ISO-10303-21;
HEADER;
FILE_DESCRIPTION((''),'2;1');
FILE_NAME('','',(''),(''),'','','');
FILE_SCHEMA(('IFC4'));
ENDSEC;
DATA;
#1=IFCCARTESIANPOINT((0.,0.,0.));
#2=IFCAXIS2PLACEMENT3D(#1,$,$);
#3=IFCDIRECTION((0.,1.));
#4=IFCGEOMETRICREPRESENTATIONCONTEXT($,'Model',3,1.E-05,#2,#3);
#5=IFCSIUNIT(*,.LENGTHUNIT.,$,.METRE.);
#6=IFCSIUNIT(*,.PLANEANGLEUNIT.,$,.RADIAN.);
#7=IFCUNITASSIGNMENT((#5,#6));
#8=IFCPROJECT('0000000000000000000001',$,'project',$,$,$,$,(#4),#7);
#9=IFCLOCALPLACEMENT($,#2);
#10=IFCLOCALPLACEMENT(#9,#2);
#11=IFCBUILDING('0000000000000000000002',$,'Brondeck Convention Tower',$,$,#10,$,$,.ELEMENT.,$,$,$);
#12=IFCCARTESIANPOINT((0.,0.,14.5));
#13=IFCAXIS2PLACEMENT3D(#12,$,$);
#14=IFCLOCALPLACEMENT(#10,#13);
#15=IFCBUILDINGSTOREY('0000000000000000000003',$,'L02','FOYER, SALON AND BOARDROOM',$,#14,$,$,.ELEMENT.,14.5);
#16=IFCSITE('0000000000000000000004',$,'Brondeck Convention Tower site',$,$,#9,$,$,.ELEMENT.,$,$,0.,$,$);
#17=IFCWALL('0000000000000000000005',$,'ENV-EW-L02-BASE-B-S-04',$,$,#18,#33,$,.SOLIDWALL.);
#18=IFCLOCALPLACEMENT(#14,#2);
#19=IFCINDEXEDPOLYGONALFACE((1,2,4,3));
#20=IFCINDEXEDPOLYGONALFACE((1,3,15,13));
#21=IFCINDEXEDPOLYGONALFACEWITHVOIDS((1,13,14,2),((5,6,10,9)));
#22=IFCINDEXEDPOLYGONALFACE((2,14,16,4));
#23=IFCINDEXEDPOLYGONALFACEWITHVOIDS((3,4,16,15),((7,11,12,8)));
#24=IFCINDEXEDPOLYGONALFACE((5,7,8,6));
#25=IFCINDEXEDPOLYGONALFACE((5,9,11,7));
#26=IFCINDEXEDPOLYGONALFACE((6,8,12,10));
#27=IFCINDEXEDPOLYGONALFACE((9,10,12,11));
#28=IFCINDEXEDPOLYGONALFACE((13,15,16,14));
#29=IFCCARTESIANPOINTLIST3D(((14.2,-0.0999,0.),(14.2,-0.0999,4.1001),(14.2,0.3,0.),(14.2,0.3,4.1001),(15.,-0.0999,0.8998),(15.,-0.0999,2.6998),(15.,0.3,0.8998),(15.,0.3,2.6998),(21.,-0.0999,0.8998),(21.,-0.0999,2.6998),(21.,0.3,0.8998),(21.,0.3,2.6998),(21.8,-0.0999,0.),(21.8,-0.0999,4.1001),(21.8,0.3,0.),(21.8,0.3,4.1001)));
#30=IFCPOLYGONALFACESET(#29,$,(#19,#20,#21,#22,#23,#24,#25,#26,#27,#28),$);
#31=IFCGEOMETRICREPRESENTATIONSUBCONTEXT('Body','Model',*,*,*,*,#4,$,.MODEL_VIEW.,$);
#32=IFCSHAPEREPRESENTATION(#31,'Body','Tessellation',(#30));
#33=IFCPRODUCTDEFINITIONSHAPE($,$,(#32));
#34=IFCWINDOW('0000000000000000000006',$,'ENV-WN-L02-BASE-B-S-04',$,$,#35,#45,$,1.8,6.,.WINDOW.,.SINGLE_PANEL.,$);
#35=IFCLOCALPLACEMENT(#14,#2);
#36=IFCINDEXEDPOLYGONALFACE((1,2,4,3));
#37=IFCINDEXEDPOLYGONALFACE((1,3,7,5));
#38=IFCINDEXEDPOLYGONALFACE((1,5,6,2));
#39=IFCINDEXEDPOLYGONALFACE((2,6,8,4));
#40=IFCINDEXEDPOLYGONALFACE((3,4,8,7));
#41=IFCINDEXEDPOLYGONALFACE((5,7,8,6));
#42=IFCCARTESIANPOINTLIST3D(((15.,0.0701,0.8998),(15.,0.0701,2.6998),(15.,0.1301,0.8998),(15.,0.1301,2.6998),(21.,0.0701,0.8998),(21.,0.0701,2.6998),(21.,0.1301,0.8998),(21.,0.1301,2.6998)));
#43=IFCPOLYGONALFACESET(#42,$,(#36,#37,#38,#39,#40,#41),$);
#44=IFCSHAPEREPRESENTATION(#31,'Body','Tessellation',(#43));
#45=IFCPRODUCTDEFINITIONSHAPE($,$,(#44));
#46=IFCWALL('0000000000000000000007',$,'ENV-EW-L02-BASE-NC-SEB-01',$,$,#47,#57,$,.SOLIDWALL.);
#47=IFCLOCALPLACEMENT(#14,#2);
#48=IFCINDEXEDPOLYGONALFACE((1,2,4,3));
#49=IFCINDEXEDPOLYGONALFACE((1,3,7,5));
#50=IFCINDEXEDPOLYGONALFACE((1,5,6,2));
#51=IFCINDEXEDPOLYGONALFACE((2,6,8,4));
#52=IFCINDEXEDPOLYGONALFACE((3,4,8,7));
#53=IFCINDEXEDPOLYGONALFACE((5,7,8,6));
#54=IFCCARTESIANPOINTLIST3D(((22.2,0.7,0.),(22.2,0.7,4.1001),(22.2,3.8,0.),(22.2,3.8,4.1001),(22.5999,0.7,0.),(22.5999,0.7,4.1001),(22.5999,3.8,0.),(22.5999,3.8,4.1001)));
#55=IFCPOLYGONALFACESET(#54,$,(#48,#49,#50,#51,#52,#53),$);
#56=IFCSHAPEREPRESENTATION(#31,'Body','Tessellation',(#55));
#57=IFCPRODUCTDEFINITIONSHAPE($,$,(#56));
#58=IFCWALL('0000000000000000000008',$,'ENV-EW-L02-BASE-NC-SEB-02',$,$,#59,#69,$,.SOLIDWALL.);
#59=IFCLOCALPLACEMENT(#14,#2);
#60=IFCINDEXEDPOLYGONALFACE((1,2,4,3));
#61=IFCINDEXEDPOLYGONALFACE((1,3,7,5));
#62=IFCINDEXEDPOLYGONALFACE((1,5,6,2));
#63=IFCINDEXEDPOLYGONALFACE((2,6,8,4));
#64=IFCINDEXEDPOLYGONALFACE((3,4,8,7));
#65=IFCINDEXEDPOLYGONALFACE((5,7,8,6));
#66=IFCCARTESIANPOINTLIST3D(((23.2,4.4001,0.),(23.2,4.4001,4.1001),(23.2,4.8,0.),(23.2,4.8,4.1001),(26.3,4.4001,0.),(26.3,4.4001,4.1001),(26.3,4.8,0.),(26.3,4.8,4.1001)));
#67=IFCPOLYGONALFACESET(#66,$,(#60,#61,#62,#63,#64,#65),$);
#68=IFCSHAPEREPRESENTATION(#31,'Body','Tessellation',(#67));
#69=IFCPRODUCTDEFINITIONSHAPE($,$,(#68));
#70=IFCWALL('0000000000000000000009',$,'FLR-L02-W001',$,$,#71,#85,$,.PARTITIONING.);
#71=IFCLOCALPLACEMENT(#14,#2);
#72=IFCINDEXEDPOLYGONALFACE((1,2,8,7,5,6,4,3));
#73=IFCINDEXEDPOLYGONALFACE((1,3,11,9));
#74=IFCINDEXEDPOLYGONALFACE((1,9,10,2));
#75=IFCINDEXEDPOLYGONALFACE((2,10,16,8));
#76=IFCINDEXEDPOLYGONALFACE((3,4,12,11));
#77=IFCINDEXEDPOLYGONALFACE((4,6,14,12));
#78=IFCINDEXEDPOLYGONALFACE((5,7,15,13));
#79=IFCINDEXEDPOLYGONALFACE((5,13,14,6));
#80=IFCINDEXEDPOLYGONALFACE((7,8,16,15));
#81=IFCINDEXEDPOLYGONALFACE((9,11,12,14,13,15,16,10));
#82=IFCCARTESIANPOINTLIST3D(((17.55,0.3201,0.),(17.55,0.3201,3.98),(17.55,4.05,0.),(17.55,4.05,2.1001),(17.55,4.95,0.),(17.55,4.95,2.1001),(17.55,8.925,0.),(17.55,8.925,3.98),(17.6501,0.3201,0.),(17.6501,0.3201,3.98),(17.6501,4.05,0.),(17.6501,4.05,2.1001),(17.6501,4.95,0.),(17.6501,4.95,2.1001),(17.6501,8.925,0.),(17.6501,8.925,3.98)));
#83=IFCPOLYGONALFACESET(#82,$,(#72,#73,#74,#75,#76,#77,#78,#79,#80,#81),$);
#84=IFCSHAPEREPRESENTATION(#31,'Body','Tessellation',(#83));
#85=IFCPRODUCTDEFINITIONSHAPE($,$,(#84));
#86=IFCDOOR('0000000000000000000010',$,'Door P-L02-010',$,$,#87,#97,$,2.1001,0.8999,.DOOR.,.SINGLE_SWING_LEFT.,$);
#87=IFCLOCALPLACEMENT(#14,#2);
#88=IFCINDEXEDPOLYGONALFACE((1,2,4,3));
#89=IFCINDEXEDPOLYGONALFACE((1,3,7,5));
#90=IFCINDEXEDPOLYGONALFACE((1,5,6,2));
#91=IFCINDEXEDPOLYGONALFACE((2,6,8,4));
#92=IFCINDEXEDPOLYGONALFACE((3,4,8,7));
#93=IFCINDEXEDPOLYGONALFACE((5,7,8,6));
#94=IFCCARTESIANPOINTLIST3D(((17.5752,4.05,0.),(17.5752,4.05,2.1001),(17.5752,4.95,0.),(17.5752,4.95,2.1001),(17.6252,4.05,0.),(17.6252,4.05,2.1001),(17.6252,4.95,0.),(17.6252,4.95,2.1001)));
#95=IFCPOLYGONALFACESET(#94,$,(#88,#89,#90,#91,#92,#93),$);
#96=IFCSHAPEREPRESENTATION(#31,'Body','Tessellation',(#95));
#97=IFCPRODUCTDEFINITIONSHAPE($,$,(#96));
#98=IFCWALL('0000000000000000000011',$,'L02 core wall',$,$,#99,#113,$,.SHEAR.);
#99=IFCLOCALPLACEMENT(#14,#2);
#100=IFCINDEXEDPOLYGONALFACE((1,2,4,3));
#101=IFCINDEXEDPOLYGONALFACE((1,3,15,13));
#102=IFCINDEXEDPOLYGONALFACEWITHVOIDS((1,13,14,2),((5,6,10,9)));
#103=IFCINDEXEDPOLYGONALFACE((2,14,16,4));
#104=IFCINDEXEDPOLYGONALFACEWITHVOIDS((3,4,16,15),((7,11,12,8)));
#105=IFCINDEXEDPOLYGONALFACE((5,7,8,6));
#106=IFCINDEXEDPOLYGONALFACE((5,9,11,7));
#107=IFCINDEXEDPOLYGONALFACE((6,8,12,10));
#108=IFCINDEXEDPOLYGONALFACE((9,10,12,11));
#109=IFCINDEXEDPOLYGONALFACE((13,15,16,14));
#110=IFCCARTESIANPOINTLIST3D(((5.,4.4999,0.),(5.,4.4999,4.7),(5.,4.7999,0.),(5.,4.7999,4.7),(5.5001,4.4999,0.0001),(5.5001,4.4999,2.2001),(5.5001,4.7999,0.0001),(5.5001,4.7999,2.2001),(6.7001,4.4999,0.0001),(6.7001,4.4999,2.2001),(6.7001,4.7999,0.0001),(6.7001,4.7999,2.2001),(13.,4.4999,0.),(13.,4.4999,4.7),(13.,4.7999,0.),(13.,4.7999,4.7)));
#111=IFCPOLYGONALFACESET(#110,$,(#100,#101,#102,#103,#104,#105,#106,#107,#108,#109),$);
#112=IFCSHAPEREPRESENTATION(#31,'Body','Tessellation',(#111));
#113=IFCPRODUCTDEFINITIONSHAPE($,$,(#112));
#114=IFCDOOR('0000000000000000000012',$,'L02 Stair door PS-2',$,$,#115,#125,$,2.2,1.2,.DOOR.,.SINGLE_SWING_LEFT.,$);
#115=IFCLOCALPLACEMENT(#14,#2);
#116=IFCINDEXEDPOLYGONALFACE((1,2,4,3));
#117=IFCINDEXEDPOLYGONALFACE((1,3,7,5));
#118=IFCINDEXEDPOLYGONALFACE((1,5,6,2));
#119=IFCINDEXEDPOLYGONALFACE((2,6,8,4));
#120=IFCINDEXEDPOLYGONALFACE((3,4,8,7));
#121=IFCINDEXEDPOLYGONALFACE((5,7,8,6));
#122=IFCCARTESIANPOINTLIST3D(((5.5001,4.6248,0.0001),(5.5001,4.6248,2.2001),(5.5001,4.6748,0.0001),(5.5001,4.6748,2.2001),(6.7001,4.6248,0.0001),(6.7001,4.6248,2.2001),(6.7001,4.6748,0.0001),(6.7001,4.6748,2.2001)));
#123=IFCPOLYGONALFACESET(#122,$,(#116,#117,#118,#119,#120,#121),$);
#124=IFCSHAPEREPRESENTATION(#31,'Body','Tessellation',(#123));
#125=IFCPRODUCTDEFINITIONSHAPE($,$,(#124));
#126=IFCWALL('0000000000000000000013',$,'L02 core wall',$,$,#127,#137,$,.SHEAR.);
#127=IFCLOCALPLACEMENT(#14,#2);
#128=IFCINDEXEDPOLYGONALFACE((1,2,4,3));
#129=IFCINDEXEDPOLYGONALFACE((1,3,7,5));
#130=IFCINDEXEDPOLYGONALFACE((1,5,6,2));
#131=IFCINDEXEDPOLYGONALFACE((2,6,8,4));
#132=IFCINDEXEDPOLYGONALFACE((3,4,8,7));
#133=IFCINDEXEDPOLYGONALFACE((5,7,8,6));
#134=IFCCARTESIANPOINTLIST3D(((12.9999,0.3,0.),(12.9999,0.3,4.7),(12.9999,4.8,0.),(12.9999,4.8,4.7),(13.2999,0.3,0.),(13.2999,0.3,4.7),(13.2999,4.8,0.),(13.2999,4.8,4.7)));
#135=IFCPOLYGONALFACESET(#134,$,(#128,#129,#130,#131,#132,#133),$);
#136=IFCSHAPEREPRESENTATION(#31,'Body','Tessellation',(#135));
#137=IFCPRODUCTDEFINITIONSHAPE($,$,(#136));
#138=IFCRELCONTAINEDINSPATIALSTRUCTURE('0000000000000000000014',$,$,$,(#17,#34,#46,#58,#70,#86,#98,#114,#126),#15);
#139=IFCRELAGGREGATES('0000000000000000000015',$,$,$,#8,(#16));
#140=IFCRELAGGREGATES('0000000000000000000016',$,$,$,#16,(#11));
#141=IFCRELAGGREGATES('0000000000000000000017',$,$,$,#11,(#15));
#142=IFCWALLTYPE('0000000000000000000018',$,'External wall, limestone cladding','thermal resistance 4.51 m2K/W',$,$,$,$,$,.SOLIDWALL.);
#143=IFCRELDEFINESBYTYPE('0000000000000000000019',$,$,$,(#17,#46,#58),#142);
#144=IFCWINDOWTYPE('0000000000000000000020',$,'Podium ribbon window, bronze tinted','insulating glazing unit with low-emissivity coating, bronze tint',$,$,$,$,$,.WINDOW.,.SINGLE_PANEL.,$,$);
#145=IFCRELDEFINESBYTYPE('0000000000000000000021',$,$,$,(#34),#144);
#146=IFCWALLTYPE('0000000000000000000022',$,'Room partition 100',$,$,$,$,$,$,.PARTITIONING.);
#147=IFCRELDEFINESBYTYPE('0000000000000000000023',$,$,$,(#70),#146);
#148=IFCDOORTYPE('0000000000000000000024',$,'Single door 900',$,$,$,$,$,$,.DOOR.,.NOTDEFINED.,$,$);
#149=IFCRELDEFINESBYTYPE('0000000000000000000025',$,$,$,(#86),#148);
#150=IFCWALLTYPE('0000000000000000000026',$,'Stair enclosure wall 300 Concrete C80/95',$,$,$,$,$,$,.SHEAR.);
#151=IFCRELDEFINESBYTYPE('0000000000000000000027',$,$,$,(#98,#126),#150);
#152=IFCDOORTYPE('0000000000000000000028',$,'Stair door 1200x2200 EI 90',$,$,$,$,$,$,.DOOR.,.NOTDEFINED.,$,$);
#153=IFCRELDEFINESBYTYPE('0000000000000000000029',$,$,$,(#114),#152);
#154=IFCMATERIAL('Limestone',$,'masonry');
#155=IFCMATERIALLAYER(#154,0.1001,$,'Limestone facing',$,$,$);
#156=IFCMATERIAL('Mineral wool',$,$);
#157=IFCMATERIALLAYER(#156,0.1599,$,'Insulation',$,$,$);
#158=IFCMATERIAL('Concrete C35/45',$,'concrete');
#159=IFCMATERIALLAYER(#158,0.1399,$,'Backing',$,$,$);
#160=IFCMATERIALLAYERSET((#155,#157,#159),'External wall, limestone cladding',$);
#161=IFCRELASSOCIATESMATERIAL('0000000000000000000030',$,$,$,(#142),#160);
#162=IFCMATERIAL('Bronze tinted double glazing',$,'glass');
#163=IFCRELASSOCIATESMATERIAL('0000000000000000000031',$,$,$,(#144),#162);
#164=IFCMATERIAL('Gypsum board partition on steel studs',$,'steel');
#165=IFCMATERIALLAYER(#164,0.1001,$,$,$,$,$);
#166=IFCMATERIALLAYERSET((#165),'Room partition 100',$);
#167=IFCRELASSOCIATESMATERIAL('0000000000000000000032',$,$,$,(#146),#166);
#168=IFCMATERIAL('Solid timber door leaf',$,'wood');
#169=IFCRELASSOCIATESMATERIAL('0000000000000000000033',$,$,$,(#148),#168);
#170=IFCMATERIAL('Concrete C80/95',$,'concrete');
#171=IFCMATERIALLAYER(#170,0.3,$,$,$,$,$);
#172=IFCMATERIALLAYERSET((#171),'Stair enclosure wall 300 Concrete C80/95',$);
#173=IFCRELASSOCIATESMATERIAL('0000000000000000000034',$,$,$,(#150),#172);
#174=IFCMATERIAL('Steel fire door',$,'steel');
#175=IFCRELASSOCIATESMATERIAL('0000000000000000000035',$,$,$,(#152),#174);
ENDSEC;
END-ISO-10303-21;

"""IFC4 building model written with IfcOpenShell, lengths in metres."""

from ifc_helpers import new_model, si_unit, direction, frame, frame_2d, origin, place, context, subcontext, project, spatial, rectangle, extrude, material, layer, layer_set, type_object, element, fill, save


model = new_model("IFC4")

# Units and contexts
model_context = context("Model", 3, precision=1e-05, world=origin(), true_north=direction((0.0, 1.0)))
body_context = subcontext(model_context, "Body", "Model", "MODEL_VIEW")
ifc_project = project(units=[si_unit("LENGTHUNIT", "METRE"), si_unit("PLANEANGLEUNIT", "RADIAN")], contexts=[model_context])

# Site, building, storey
site_placement = place(None, origin())
site = spatial("IfcSite", under=ifc_project, at=site_placement, Name="Brondeck Convention Tower site", CompositionType="ELEMENT", RefElevation=0.0)
building_placement = place(site_placement, origin())
building = spatial("IfcBuilding", under=site, at=building_placement, Name="Brondeck Convention Tower", CompositionType="ELEMENT")
storey_placement = place(building_placement, frame((0.0, 0.0, 14.5)))
storey = spatial("IfcBuildingStorey", under=building, at=storey_placement, Name="L02", Description="FOYER, SALON AND BOARDROOM", CompositionType="ELEMENT", Elevation=14.5)

# Shared definitions
ifc_material_1 = material(Name="Concrete C80/95", Category="concrete")

# Wall, opening, window
ifc_material_2 = material(Name="Limestone", Category="masonry")
ifc_layer_1 = layer(ifc_material_2, 0.1001, Name="Limestone facing")
ifc_material_3 = material(Name="Mineral wool")
ifc_layer_2 = layer(ifc_material_3, 0.1599, Name="Insulation")
ifc_material_4 = material(Name="Concrete C35/45", Category="concrete")
ifc_layer_3 = layer(ifc_material_4, 0.1399, Name="Backing")
ifc_layer_set_1 = layer_set([ifc_layer_1, ifc_layer_2, ifc_layer_3], Name="External wall, limestone cladding")
wall_type_1 = type_object("IfcWallType", Name="External wall, limestone cladding", Description="thermal resistance 4.51 m2K/W", PredefinedType="SOLIDWALL", material=ifc_layer_set_1)
wall_1_placement = place(storey_placement, frame((21.8, 0.1001, 0.0), z_axis=(0.0, 0.0, 1.0), x_axis=(-1.0, 0.0, 0.0)))
wall_1 = element("IfcWall", 1, at=wall_1_placement, inside=storey, type_object=wall_type_1, Name="ENV-EW-L02-BASE-B-S-04", PredefinedType="SOLIDWALL", context=body_context, shape_type="SweptSolid", body=[
    extrude(rectangle(XDim=7.6001, YDim=0.3999, at=frame_2d((3.8, 0.0))), origin(), (0.0, 0.0, 1.0), 4.1001),
])
opening_1_placement = place(wall_1_placement, frame((0.8, 0.0, 0.8999)))
opening_1 = element("IfcOpeningElement", 2, at=opening_1_placement, cuts=wall_1, PredefinedType="OPENING", context=body_context, shape_type="SweptSolid", body=[
    extrude(rectangle(XDim=6.0, YDim=1.8, at=frame_2d((3.0, 0.8999))), frame((0.0, 0.21, 0.0), z_axis=(0.0, -1.0, 0.0), x_axis=(1.0, 0.0, 0.0)), (0.0, 0.0, 1.0), 0.4199),
])
ifc_material_5 = material(Name="Bronze tinted double glazing", Category="glass")
window_type = type_object("IfcWindowType", Name="Podium ribbon window, bronze tinted", Description="insulating glazing unit with low-emissivity coating, bronze tint", PartitioningType="SINGLE_PANEL", PredefinedType="WINDOW", material=ifc_material_5)
window_placement = place(opening_1_placement, origin())
window = element("IfcWindow", 3, at=window_placement, inside=storey, type_object=window_type, Name="ENV-WN-L02-BASE-B-S-04", OverallHeight=1.8, OverallWidth=6.0, PartitioningType="SINGLE_PANEL", PredefinedType="WINDOW", context=body_context, shape_type="SweptSolid", body=[
    extrude(rectangle(XDim=6.0, YDim=1.8, at=frame_2d((3.0, 0.8999))), frame((0.0, 0.03, 0.0), z_axis=(0.0, -1.0, 0.0), x_axis=(1.0, 0.0, 0.0)), (0.0, 0.0, 1.0), 0.0601),
])
fill(opening_1, window)

# Walls
for number, where, z_axis, x_axis, name in (
    (4, (22.3999, 3.8, 0.0), (0.0, 0.0, 1.0), (0.0, -1.0, 0.0), "ENV-EW-L02-BASE-NC-SEB-01"),
    (5, (26.3, 4.6001, 0.0), (0.0, 0.0, 1.0), (-1.0, 0.0, 0.0), "ENV-EW-L02-BASE-NC-SEB-02"),
):
    element("IfcWall", number, at=place(storey_placement, frame(where, z_axis=z_axis, x_axis=x_axis)), inside=storey, type_object=wall_type_1, Name=name, PredefinedType="SOLIDWALL", context=body_context, shape_type="SweptSolid", body=[
        extrude(rectangle(XDim=3.1001, YDim=0.3999, at=frame_2d((1.55, 0.0))), origin(), (0.0, 0.0, 1.0), 4.1001),
    ])

# Walls, openings, doors
ifc_material_6 = material(Name="Gypsum board partition on steel studs", Category="steel")
ifc_layer_4 = layer(ifc_material_6, 0.1001)
ifc_layer_set_2 = layer_set([ifc_layer_4], Name="Room partition 100")
wall_type_2 = type_object("IfcWallType", Name="Room partition 100", PredefinedType="PARTITIONING", material=ifc_layer_set_2)
wall_2_placement = place(storey_placement, frame((17.6001, 0.3201, 0.0), z_axis=(0.0, 0.0, 1.0), x_axis=(0.0, 1.0, 0.0)))
wall_2 = element("IfcWall", 6, at=wall_2_placement, inside=storey, type_object=wall_type_2, Name="FLR-L02-W001", PredefinedType="PARTITIONING", context=body_context, shape_type="SweptSolid", body=[
    extrude(rectangle(XDim=8.605, YDim=0.1001, at=frame_2d((4.3025, 0.0))), origin(), (0.0, 0.0, 1.0), 3.98),
])
opening_2_placement = place(wall_2_placement, frame((3.73, 0.0, 0.0)))
opening_2 = element("IfcOpeningElement", 7, at=opening_2_placement, cuts=wall_2, PredefinedType="OPENING", context=body_context, shape_type="SweptSolid", body=[
    extrude(rectangle(XDim=0.8999, YDim=2.1001, at=frame_2d((0.45, 1.05))), frame((0.0, 0.0601, 0.0), z_axis=(0.0, -1.0, 0.0), x_axis=(1.0, 0.0, 0.0)), (0.0, 0.0, 1.0), 0.1201),
])
ifc_material_7 = material(Name="Solid timber door leaf", Category="wood")
door_type_1 = type_object("IfcDoorType", Name="Single door 900", OperationType="NOTDEFINED", PredefinedType="DOOR", material=ifc_material_7)
door_1_placement = place(opening_2_placement, origin())
door_1 = element("IfcDoor", 8, at=door_1_placement, inside=storey, type_object=door_type_1, Name="Door P-L02-010", OperationType="SINGLE_SWING_LEFT", OverallHeight=2.1001, OverallWidth=0.8999, PredefinedType="DOOR", context=body_context, shape_type="SweptSolid", body=[
    extrude(rectangle(XDim=0.8999, YDim=2.1001, at=frame_2d((0.45, 1.05))), frame((0.0, 0.0249, 0.0), z_axis=(0.0, -1.0, 0.0), x_axis=(1.0, 0.0, 0.0)), (0.0, 0.0, 1.0), 0.05),
])
fill(opening_2, door_1)
ifc_layer_5 = layer(ifc_material_1, 0.3)
ifc_layer_set_3 = layer_set([ifc_layer_5], Name="Stair enclosure wall 300 Concrete C80/95")
wall_type_3 = type_object("IfcWallType", Name="Stair enclosure wall 300 Concrete C80/95", PredefinedType="SHEAR", material=ifc_layer_set_3)
wall_3_placement = place(storey_placement, frame((5.0, 4.6499, 0.0), z_axis=(0.0, 0.0, 1.0), x_axis=(1.0, 0.0, 0.0)))
wall_3 = element("IfcWall", 9, at=wall_3_placement, inside=storey, type_object=wall_type_3, Name="L02 core wall", PredefinedType="SHEAR", context=body_context, shape_type="SweptSolid", body=[
    extrude(rectangle(XDim=8.0, YDim=0.3, at=frame_2d((4.0, 0.0))), origin(), (0.0, 0.0, 1.0), 4.7),
])
opening_3_placement = place(wall_3_placement, frame((0.5, 0.0, 0.0)))
opening_3 = element("IfcOpeningElement", 10, at=opening_3_placement, cuts=wall_3, PredefinedType="OPENING", context=body_context, shape_type="SweptSolid", body=[
    extrude(rectangle(XDim=1.2, YDim=2.2, at=frame_2d((0.6001, 1.1001))), frame((0.0, 0.1599, 0.0), z_axis=(0.0, -1.0, 0.0), x_axis=(1.0, 0.0, 0.0)), (0.0, 0.0, 1.0), 0.3201),
])
ifc_material_8 = material(Name="Steel fire door", Category="steel")
door_type_2 = type_object("IfcDoorType", Name="Stair door 1200x2200 EI 90", OperationType="NOTDEFINED", PredefinedType="DOOR", material=ifc_material_8)
door_2_placement = place(opening_3_placement, origin())
door_2 = element("IfcDoor", 11, at=door_2_placement, inside=storey, type_object=door_type_2, Name="L02 Stair door PS-2", OperationType="SINGLE_SWING_LEFT", OverallHeight=2.2, OverallWidth=1.2, PredefinedType="DOOR", context=body_context, shape_type="SweptSolid", body=[
    extrude(rectangle(XDim=1.2, YDim=2.2, at=frame_2d((0.6001, 1.1001))), frame((0.0, 0.0249, 0.0), z_axis=(0.0, -1.0, 0.0), x_axis=(1.0, 0.0, 0.0)), (0.0, 0.0, 1.0), 0.05),
])
fill(opening_3, door_2)

# Wall
wall_4_placement = place(storey_placement, frame((13.1499, 0.3, 0.0), z_axis=(0.0, 0.0, 1.0), x_axis=(0.0, 1.0, 0.0)))
element("IfcWall", 12, at=wall_4_placement, inside=storey, type_object=wall_type_3, Name="L02 core wall", PredefinedType="SHEAR", context=body_context, shape_type="SweptSolid", body=[
    extrude(rectangle(XDim=4.5, YDim=0.3, at=frame_2d((2.25, 0.0))), origin(), (0.0, 0.0, 1.0), 4.7),
])

save(model, "model.ifc")
